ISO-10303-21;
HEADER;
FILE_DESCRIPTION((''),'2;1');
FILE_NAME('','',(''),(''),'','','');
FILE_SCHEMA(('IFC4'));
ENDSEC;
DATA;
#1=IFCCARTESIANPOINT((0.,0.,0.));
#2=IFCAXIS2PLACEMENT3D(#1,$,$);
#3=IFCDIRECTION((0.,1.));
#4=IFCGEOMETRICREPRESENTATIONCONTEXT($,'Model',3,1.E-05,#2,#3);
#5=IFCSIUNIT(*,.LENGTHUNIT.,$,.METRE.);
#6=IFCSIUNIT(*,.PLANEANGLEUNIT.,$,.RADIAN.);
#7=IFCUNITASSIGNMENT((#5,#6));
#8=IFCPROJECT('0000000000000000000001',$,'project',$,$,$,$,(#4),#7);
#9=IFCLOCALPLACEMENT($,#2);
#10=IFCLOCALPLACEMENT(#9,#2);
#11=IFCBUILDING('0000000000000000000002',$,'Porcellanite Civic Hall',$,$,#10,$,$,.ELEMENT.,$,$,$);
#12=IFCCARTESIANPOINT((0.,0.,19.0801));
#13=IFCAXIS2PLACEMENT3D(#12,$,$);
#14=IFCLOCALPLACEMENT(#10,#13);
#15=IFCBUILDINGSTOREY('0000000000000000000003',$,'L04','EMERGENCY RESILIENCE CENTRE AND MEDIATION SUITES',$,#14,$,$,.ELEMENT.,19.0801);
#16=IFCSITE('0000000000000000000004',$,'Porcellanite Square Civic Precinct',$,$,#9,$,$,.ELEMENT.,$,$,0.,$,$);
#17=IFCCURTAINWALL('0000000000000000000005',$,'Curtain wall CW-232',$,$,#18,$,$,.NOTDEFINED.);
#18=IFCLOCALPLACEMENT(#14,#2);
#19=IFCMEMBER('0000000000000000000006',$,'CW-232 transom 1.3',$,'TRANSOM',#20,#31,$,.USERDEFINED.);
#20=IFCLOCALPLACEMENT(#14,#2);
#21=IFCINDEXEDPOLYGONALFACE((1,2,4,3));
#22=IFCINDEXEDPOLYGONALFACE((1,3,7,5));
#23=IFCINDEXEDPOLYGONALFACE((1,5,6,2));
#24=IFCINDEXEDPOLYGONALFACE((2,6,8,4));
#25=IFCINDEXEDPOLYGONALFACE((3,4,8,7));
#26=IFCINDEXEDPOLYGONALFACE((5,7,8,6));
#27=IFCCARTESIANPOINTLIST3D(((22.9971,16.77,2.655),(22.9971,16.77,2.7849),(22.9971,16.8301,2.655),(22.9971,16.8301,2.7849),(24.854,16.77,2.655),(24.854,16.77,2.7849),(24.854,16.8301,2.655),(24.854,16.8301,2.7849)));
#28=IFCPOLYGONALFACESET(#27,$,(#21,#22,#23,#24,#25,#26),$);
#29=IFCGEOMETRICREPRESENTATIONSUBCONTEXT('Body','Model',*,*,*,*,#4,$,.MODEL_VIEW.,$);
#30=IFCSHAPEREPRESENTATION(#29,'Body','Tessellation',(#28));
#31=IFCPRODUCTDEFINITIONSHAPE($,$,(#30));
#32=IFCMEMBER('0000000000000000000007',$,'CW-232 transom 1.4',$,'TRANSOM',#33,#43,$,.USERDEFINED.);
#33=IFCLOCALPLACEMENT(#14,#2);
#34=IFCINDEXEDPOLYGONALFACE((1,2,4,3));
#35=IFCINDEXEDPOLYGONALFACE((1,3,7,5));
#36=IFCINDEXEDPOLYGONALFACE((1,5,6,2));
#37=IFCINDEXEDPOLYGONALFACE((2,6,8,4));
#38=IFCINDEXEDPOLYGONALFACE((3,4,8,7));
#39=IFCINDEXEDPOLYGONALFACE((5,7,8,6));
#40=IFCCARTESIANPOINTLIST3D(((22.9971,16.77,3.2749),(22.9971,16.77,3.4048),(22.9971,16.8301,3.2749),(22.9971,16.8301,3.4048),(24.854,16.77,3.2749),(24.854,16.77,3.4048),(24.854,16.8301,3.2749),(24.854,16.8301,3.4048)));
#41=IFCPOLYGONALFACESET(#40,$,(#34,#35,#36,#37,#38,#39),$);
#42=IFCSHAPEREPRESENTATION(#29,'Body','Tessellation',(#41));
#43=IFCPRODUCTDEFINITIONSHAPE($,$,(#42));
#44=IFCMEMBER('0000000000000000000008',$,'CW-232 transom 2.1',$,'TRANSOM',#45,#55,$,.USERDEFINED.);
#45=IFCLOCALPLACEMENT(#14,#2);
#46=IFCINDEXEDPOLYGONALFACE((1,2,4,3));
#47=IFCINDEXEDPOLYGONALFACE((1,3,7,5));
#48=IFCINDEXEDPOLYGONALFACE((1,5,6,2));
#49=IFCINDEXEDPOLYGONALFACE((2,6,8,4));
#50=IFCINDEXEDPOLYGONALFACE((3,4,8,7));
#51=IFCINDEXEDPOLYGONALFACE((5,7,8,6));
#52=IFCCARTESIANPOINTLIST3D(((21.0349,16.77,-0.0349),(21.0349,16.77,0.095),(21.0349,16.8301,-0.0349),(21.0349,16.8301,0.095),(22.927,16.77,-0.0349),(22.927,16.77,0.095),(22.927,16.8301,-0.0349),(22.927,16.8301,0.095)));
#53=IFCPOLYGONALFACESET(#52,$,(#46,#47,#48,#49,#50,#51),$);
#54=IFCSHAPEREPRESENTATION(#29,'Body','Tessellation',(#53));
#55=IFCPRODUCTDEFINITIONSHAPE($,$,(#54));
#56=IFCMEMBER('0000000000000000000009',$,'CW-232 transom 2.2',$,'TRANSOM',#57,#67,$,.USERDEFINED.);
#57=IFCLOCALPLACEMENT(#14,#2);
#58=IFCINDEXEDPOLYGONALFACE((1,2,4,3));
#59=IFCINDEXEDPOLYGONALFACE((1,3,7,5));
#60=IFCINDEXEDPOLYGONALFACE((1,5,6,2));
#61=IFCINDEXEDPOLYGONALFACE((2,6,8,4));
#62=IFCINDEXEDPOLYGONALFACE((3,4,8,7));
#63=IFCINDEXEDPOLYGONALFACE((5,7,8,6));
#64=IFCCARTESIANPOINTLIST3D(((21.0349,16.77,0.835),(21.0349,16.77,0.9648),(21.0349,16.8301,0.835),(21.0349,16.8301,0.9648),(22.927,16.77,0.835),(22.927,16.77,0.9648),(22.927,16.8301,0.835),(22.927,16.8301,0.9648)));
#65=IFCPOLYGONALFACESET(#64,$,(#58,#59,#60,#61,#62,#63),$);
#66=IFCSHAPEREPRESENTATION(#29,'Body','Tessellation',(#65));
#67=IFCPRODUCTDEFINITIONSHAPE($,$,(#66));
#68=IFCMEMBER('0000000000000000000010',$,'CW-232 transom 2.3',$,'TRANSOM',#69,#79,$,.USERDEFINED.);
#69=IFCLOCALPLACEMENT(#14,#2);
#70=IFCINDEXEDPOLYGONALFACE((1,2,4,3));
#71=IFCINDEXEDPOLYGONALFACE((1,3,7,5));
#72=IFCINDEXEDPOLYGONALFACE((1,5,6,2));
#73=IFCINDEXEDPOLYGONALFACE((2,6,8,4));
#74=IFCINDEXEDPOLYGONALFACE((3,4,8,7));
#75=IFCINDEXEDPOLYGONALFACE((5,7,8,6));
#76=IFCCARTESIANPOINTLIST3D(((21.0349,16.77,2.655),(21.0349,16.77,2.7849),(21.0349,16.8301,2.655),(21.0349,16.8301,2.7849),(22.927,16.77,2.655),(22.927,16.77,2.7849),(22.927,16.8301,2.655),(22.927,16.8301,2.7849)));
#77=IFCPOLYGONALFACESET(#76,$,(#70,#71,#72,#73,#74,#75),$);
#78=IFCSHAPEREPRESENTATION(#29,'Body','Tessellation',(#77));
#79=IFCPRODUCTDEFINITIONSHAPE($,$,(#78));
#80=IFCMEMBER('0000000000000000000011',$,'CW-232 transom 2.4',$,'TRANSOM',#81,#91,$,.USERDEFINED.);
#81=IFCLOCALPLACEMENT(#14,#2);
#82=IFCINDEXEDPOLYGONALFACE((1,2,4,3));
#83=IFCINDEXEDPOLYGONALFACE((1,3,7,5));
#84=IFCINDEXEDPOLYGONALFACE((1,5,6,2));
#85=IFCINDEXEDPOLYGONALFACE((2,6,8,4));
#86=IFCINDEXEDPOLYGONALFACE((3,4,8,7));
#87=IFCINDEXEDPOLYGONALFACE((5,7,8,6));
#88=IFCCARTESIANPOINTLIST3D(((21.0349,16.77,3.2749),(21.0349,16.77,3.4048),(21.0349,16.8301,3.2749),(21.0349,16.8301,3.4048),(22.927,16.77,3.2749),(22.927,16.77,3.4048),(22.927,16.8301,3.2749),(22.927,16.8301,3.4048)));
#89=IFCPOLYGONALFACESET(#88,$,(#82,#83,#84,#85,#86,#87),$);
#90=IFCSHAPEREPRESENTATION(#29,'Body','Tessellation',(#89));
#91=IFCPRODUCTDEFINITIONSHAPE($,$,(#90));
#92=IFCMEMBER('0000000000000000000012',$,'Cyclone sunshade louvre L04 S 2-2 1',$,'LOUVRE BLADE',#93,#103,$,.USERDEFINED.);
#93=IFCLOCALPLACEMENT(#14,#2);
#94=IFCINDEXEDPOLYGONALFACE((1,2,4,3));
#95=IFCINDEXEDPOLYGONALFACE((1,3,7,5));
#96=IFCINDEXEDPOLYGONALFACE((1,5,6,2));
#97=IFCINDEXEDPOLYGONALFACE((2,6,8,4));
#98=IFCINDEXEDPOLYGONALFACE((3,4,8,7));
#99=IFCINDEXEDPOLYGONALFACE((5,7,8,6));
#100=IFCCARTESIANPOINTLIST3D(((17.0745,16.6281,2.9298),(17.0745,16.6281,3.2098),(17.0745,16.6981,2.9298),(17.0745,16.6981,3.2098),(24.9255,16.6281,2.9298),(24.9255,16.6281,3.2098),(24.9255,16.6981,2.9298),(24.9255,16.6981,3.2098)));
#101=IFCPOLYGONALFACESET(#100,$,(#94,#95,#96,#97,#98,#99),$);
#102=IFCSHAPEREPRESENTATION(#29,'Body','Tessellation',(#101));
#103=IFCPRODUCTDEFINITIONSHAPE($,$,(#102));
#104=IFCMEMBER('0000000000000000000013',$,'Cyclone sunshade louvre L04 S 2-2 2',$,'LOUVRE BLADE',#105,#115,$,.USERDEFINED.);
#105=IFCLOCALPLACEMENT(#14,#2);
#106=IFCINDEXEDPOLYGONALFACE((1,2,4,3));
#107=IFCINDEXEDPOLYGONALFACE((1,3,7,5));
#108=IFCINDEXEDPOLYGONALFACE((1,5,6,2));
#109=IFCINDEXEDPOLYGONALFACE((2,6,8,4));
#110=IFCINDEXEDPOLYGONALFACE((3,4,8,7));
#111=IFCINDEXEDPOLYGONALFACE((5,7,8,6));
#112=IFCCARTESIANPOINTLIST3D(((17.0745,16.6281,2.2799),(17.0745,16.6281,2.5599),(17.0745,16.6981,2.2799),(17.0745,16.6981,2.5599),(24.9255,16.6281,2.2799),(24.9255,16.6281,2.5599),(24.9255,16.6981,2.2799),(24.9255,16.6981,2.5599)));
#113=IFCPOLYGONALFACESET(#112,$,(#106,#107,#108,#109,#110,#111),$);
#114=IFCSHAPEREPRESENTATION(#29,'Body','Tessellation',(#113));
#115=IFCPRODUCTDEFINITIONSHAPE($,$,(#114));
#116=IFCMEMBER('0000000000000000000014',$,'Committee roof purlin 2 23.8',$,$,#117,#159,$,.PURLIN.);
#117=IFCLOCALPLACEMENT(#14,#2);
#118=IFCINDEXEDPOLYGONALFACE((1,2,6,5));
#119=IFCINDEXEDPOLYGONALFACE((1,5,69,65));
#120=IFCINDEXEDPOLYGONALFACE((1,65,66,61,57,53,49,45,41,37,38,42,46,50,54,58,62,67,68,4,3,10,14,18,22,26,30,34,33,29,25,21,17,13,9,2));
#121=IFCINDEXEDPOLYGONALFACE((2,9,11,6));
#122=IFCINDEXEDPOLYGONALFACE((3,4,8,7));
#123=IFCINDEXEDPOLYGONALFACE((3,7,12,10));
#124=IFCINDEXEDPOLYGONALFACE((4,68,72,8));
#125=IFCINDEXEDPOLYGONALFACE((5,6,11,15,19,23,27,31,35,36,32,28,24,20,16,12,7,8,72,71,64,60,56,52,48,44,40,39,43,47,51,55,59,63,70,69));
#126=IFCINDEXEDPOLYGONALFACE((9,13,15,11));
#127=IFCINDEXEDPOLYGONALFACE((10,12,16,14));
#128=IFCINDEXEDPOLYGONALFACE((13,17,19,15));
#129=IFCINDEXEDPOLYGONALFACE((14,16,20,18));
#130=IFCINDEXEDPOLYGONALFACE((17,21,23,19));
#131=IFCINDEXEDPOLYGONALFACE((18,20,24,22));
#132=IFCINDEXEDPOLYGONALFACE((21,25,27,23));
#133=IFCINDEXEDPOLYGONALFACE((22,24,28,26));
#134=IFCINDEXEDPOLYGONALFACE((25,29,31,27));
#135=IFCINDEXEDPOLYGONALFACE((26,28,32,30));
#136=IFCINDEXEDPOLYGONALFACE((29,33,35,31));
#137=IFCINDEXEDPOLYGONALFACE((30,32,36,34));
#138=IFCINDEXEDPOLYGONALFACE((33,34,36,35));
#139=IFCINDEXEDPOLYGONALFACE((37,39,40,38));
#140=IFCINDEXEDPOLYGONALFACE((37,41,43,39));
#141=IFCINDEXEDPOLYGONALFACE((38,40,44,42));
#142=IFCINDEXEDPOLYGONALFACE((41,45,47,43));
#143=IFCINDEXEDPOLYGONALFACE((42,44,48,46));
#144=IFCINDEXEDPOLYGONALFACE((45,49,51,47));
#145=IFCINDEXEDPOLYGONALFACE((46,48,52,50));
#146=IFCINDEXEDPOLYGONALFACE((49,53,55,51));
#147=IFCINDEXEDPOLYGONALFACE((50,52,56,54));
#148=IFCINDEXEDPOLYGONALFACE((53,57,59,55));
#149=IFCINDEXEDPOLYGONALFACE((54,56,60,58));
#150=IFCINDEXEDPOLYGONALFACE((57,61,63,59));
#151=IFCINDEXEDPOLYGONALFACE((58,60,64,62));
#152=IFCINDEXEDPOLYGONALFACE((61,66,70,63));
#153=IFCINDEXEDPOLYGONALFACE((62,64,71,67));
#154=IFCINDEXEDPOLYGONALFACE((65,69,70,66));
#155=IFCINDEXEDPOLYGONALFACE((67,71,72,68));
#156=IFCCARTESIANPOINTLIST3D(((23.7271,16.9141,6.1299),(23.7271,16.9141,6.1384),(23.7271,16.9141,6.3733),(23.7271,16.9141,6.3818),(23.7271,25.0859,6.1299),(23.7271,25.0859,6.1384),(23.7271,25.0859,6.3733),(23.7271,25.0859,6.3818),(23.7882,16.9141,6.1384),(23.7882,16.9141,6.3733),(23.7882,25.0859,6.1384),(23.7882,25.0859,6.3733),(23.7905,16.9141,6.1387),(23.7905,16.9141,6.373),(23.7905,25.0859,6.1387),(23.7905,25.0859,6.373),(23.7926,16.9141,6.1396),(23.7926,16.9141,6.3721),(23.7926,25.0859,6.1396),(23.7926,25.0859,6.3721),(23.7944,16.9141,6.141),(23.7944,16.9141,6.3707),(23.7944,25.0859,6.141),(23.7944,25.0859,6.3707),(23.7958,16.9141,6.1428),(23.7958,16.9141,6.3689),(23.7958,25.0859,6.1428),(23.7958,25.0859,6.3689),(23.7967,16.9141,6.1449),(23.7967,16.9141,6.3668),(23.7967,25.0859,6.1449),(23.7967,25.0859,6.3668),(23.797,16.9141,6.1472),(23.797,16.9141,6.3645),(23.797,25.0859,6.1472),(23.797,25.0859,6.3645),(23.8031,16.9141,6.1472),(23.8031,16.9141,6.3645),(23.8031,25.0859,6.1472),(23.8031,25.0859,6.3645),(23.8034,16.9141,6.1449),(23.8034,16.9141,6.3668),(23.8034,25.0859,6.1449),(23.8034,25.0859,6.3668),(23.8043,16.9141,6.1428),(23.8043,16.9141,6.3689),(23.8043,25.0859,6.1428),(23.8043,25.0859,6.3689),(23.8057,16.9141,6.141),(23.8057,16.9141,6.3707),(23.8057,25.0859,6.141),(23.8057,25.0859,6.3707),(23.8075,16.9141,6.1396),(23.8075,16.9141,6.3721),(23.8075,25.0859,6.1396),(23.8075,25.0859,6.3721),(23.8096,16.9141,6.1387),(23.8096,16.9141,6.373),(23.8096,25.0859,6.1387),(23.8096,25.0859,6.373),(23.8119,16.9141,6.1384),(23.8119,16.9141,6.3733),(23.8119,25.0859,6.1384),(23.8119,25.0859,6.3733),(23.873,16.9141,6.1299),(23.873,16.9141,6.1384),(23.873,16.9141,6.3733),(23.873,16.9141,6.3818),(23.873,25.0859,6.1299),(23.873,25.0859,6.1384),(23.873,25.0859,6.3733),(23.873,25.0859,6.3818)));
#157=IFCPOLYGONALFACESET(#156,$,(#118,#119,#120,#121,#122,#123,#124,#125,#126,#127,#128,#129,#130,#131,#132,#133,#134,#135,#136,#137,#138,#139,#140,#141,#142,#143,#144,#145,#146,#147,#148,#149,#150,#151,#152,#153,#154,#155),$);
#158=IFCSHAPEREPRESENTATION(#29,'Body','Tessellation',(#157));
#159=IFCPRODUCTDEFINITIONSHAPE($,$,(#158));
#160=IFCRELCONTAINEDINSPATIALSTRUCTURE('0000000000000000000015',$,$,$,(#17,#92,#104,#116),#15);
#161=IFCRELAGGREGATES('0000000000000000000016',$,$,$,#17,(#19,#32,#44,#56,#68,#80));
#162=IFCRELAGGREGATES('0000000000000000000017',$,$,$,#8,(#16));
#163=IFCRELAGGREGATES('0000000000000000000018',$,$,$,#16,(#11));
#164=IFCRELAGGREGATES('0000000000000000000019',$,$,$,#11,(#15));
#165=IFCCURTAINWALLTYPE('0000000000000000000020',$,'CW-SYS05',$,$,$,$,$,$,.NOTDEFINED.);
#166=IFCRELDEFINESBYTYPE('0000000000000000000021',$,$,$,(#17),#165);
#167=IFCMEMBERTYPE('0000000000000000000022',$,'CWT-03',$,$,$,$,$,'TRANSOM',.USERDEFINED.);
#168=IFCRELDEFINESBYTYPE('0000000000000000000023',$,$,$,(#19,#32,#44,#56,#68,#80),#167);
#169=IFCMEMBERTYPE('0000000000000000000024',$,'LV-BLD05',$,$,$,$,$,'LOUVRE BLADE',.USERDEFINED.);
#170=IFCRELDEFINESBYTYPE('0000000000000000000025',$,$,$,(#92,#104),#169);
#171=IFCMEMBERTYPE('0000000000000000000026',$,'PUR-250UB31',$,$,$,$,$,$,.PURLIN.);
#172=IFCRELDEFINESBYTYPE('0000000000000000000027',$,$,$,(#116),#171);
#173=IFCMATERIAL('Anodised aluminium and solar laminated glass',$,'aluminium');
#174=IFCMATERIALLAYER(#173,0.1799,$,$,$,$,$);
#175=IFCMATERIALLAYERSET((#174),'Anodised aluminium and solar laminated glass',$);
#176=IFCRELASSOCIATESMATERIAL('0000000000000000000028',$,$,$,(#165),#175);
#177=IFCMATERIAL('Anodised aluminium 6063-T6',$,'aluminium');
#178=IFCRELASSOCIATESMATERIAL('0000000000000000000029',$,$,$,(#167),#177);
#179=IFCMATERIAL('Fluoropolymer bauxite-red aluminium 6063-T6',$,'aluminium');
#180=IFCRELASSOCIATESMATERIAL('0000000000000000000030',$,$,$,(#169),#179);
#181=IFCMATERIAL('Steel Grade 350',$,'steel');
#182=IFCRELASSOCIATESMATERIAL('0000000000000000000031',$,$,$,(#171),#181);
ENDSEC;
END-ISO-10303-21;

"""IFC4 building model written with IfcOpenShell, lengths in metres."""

from ifc_helpers import new_model, si_unit, direction, frame, origin, origin_2d, place, context, subcontext, project, spatial, rectangle, i_section, extrude, material, layer, layer_set, material_profile, profile_set, type_object, element, aggregate, save


model = new_model("IFC4")

# Units and contexts
model_context = context("Model", 3, precision=1e-05, world=origin(), true_north=direction((0.0, 1.0)))
body_context = subcontext(model_context, "Body", "Model", "MODEL_VIEW")
ifc_project = project(units=[si_unit("LENGTHUNIT", "METRE"), si_unit("PLANEANGLEUNIT", "RADIAN")], contexts=[model_context])

# Site, building, storey
site_placement = place(None, origin())
site = spatial("IfcSite", under=ifc_project, at=site_placement, Name="Porcellanite Square Civic Precinct", CompositionType="ELEMENT", RefElevation=0.0)
building_placement = place(site_placement, origin())
building = spatial("IfcBuilding", under=site, at=building_placement, Name="Porcellanite Civic Hall", CompositionType="ELEMENT")
storey_placement = place(building_placement, frame((0.0, 0.0, 19.0801)))
storey = spatial("IfcBuildingStorey", under=building, at=storey_placement, Name="L04", Description="EMERGENCY RESILIENCE CENTRE AND MEDIATION SUITES", CompositionType="ELEMENT", Elevation=19.0801)

# Curtain wall, members
ifc_material_1 = material(Name="Anodised aluminium and solar laminated glass", Category="aluminium")
ifc_layer_1 = layer(ifc_material_1, 0.1799)
ifc_layer_set_1 = layer_set([ifc_layer_1], Name="Anodised aluminium and solar laminated glass")
curtain_wall_type = type_object("IfcCurtainWallType", Name="CW-SYS05", PredefinedType="NOTDEFINED", material=ifc_layer_set_1)
curtain_wall_placement = place(storey_placement, origin())
curtain_wall = element("IfcCurtainWall", 1, at=curtain_wall_placement, inside=storey, type_object=curtain_wall_type, Name="Curtain wall CW-232", PredefinedType="NOTDEFINED")
ifc_material_2 = material(Name="Anodised aluminium 6063-T6", Category="aluminium")
ifc_material_profile_1 = material_profile(ifc_material_2, rectangle(XDim=0.0601, YDim=0.1299, at=origin_2d()), Name="AL-60x130")
ifc_profile_set_1 = profile_set([ifc_material_profile_1], Name="Anodised aluminium 6063-T6")
member_type_1 = type_object("IfcMemberType", Name="CWT-03", ElementType="TRANSOM", PredefinedType="USERDEFINED", material=ifc_profile_set_1)
member_1_placement = place(storey_placement, frame((24.854, 16.8, 2.72), z_axis=(-1.0, 0.0, 0.0), x_axis=(0.0, -1.0, 0.0)))
member_1 = element("IfcMember", 2, at=member_1_placement, type_object=member_type_1, Name="CW-232 transom 1.3", ObjectType="TRANSOM", PredefinedType="USERDEFINED", context=body_context, shape_type="SweptSolid", body=[
    extrude(rectangle(XDim=0.0601, YDim=0.1299, at=origin_2d()), origin(), (0.0, 0.0, 1.0), 1.8569),
])
member_2_placement = place(storey_placement, frame((24.854, 16.8, 3.3398), z_axis=(-1.0, 0.0, 0.0), x_axis=(0.0, -1.0, 0.0)))
member_2 = element("IfcMember", 3, at=member_2_placement, type_object=member_type_1, Name="CW-232 transom 1.4", ObjectType="TRANSOM", PredefinedType="USERDEFINED", context=body_context, shape_type="SweptSolid", body=[
    extrude(rectangle(XDim=0.0601, YDim=0.1299, at=origin_2d()), origin(), (0.0, 0.0, 1.0), 1.8569),
])
member_3_placement = place(storey_placement, frame((22.927, 16.8, 0.03), z_axis=(-1.0, 0.0, 0.0), x_axis=(0.0, -1.0, 0.0)))
member_3 = element("IfcMember", 4, at=member_3_placement, type_object=member_type_1, Name="CW-232 transom 2.1", ObjectType="TRANSOM", PredefinedType="USERDEFINED", context=body_context, shape_type="SweptSolid", body=[
    extrude(rectangle(XDim=0.0601, YDim=0.1299, at=origin_2d()), origin(), (0.0, 0.0, 1.0), 1.8921),
])
member_4_placement = place(storey_placement, frame((22.927, 16.8, 0.8999), z_axis=(-1.0, 0.0, 0.0), x_axis=(0.0, -1.0, 0.0)))
member_4 = element("IfcMember", 5, at=member_4_placement, type_object=member_type_1, Name="CW-232 transom 2.2", ObjectType="TRANSOM", PredefinedType="USERDEFINED", context=body_context, shape_type="SweptSolid", body=[
    extrude(rectangle(XDim=0.0601, YDim=0.1299, at=origin_2d()), origin(), (0.0, 0.0, 1.0), 1.8921),
])
member_5_placement = place(storey_placement, frame((22.927, 16.8, 2.72), z_axis=(-1.0, 0.0, 0.0), x_axis=(0.0, -1.0, 0.0)))
member_5 = element("IfcMember", 6, at=member_5_placement, type_object=member_type_1, Name="CW-232 transom 2.3", ObjectType="TRANSOM", PredefinedType="USERDEFINED", context=body_context, shape_type="SweptSolid", body=[
    extrude(rectangle(XDim=0.0601, YDim=0.1299, at=origin_2d()), origin(), (0.0, 0.0, 1.0), 1.8921),
])
member_6_placement = place(storey_placement, frame((22.927, 16.8, 3.3398), z_axis=(-1.0, 0.0, 0.0), x_axis=(0.0, -1.0, 0.0)))
member_6 = element("IfcMember", 7, at=member_6_placement, type_object=member_type_1, Name="CW-232 transom 2.4", ObjectType="TRANSOM", PredefinedType="USERDEFINED", context=body_context, shape_type="SweptSolid", body=[
    extrude(rectangle(XDim=0.0601, YDim=0.1299, at=origin_2d()), origin(), (0.0, 0.0, 1.0), 1.8921),
])

# Members
ifc_material_3 = material(Name="Fluoropolymer bauxite-red aluminium 6063-T6", Category="aluminium")
ifc_material_profile_2 = material_profile(ifc_material_3, rectangle(XDim=0.0701, YDim=0.28, at=origin_2d()), Name="AL-70x280")
ifc_profile_set_2 = profile_set([ifc_material_profile_2], Name="Fluoropolymer bauxite-red aluminium 6063-T6")
member_type_2 = type_object("IfcMemberType", Name="LV-BLD05", ElementType="LOUVRE BLADE", PredefinedType="USERDEFINED", material=ifc_profile_set_2)
for number, where, z_axis, x_axis, name in (
    (8, (24.9255, 16.6631, 3.0698), (-1.0, 0.0, 0.0), (0.0, -1.0, 0.0), "Cyclone sunshade louvre L04 S 2-2 1"),
    (9, (24.9255, 16.6631, 2.4199), (-1.0, 0.0, 0.0), (0.0, -1.0, 0.0), "Cyclone sunshade louvre L04 S 2-2 2"),
):
    element("IfcMember", number, at=place(storey_placement, frame(where, z_axis=z_axis, x_axis=x_axis)), inside=storey, type_object=member_type_2, Name=name, ObjectType="LOUVRE BLADE", PredefinedType="USERDEFINED", context=body_context, shape_type="SweptSolid", body=[
        extrude(rectangle(XDim=0.0701, YDim=0.28, at=origin_2d()), origin(), (0.0, 0.0, 1.0), 7.8511),
    ])
ifc_material_4 = material(Name="Steel Grade 350", Category="steel")
ifc_material_profile_3 = material_profile(ifc_material_4, i_section(OverallWidth=0.146, OverallDepth=0.252, WebThickness=0.0061, FlangeThickness=0.0085, FilletRadius=0.0088, at=origin_2d()), Name="250UB31.4")
ifc_profile_set_3 = profile_set([ifc_material_profile_3], Name="Steel Grade 350")
member_type_3 = type_object("IfcMemberType", Name="PUR-250UB31", PredefinedType="PURLIN", material=ifc_profile_set_3)
for number, where, z_axis, x_axis, name in (
    (10, (23.8, 16.9141, 6.2559), (0.0, 1.0, 0.0), (-1.0, 0.0, 0.0), "Committee roof purlin 2 23.8"),
):
    element("IfcMember", number, at=place(storey_placement, frame(where, z_axis=z_axis, x_axis=x_axis)), inside=storey, type_object=member_type_3, Name=name, PredefinedType="PURLIN", context=body_context, shape_type="SweptSolid", body=[
        extrude(i_section(OverallWidth=0.146, OverallDepth=0.252, WebThickness=0.0061, FlangeThickness=0.0085, FilletRadius=0.0088, at=origin_2d()), origin(), (0.0, 0.0, 1.0), 8.1719),
    ])

aggregate(curtain_wall, [member_1, member_2, member_3, member_4, member_5, member_6])

save(model, "model.ifc")
